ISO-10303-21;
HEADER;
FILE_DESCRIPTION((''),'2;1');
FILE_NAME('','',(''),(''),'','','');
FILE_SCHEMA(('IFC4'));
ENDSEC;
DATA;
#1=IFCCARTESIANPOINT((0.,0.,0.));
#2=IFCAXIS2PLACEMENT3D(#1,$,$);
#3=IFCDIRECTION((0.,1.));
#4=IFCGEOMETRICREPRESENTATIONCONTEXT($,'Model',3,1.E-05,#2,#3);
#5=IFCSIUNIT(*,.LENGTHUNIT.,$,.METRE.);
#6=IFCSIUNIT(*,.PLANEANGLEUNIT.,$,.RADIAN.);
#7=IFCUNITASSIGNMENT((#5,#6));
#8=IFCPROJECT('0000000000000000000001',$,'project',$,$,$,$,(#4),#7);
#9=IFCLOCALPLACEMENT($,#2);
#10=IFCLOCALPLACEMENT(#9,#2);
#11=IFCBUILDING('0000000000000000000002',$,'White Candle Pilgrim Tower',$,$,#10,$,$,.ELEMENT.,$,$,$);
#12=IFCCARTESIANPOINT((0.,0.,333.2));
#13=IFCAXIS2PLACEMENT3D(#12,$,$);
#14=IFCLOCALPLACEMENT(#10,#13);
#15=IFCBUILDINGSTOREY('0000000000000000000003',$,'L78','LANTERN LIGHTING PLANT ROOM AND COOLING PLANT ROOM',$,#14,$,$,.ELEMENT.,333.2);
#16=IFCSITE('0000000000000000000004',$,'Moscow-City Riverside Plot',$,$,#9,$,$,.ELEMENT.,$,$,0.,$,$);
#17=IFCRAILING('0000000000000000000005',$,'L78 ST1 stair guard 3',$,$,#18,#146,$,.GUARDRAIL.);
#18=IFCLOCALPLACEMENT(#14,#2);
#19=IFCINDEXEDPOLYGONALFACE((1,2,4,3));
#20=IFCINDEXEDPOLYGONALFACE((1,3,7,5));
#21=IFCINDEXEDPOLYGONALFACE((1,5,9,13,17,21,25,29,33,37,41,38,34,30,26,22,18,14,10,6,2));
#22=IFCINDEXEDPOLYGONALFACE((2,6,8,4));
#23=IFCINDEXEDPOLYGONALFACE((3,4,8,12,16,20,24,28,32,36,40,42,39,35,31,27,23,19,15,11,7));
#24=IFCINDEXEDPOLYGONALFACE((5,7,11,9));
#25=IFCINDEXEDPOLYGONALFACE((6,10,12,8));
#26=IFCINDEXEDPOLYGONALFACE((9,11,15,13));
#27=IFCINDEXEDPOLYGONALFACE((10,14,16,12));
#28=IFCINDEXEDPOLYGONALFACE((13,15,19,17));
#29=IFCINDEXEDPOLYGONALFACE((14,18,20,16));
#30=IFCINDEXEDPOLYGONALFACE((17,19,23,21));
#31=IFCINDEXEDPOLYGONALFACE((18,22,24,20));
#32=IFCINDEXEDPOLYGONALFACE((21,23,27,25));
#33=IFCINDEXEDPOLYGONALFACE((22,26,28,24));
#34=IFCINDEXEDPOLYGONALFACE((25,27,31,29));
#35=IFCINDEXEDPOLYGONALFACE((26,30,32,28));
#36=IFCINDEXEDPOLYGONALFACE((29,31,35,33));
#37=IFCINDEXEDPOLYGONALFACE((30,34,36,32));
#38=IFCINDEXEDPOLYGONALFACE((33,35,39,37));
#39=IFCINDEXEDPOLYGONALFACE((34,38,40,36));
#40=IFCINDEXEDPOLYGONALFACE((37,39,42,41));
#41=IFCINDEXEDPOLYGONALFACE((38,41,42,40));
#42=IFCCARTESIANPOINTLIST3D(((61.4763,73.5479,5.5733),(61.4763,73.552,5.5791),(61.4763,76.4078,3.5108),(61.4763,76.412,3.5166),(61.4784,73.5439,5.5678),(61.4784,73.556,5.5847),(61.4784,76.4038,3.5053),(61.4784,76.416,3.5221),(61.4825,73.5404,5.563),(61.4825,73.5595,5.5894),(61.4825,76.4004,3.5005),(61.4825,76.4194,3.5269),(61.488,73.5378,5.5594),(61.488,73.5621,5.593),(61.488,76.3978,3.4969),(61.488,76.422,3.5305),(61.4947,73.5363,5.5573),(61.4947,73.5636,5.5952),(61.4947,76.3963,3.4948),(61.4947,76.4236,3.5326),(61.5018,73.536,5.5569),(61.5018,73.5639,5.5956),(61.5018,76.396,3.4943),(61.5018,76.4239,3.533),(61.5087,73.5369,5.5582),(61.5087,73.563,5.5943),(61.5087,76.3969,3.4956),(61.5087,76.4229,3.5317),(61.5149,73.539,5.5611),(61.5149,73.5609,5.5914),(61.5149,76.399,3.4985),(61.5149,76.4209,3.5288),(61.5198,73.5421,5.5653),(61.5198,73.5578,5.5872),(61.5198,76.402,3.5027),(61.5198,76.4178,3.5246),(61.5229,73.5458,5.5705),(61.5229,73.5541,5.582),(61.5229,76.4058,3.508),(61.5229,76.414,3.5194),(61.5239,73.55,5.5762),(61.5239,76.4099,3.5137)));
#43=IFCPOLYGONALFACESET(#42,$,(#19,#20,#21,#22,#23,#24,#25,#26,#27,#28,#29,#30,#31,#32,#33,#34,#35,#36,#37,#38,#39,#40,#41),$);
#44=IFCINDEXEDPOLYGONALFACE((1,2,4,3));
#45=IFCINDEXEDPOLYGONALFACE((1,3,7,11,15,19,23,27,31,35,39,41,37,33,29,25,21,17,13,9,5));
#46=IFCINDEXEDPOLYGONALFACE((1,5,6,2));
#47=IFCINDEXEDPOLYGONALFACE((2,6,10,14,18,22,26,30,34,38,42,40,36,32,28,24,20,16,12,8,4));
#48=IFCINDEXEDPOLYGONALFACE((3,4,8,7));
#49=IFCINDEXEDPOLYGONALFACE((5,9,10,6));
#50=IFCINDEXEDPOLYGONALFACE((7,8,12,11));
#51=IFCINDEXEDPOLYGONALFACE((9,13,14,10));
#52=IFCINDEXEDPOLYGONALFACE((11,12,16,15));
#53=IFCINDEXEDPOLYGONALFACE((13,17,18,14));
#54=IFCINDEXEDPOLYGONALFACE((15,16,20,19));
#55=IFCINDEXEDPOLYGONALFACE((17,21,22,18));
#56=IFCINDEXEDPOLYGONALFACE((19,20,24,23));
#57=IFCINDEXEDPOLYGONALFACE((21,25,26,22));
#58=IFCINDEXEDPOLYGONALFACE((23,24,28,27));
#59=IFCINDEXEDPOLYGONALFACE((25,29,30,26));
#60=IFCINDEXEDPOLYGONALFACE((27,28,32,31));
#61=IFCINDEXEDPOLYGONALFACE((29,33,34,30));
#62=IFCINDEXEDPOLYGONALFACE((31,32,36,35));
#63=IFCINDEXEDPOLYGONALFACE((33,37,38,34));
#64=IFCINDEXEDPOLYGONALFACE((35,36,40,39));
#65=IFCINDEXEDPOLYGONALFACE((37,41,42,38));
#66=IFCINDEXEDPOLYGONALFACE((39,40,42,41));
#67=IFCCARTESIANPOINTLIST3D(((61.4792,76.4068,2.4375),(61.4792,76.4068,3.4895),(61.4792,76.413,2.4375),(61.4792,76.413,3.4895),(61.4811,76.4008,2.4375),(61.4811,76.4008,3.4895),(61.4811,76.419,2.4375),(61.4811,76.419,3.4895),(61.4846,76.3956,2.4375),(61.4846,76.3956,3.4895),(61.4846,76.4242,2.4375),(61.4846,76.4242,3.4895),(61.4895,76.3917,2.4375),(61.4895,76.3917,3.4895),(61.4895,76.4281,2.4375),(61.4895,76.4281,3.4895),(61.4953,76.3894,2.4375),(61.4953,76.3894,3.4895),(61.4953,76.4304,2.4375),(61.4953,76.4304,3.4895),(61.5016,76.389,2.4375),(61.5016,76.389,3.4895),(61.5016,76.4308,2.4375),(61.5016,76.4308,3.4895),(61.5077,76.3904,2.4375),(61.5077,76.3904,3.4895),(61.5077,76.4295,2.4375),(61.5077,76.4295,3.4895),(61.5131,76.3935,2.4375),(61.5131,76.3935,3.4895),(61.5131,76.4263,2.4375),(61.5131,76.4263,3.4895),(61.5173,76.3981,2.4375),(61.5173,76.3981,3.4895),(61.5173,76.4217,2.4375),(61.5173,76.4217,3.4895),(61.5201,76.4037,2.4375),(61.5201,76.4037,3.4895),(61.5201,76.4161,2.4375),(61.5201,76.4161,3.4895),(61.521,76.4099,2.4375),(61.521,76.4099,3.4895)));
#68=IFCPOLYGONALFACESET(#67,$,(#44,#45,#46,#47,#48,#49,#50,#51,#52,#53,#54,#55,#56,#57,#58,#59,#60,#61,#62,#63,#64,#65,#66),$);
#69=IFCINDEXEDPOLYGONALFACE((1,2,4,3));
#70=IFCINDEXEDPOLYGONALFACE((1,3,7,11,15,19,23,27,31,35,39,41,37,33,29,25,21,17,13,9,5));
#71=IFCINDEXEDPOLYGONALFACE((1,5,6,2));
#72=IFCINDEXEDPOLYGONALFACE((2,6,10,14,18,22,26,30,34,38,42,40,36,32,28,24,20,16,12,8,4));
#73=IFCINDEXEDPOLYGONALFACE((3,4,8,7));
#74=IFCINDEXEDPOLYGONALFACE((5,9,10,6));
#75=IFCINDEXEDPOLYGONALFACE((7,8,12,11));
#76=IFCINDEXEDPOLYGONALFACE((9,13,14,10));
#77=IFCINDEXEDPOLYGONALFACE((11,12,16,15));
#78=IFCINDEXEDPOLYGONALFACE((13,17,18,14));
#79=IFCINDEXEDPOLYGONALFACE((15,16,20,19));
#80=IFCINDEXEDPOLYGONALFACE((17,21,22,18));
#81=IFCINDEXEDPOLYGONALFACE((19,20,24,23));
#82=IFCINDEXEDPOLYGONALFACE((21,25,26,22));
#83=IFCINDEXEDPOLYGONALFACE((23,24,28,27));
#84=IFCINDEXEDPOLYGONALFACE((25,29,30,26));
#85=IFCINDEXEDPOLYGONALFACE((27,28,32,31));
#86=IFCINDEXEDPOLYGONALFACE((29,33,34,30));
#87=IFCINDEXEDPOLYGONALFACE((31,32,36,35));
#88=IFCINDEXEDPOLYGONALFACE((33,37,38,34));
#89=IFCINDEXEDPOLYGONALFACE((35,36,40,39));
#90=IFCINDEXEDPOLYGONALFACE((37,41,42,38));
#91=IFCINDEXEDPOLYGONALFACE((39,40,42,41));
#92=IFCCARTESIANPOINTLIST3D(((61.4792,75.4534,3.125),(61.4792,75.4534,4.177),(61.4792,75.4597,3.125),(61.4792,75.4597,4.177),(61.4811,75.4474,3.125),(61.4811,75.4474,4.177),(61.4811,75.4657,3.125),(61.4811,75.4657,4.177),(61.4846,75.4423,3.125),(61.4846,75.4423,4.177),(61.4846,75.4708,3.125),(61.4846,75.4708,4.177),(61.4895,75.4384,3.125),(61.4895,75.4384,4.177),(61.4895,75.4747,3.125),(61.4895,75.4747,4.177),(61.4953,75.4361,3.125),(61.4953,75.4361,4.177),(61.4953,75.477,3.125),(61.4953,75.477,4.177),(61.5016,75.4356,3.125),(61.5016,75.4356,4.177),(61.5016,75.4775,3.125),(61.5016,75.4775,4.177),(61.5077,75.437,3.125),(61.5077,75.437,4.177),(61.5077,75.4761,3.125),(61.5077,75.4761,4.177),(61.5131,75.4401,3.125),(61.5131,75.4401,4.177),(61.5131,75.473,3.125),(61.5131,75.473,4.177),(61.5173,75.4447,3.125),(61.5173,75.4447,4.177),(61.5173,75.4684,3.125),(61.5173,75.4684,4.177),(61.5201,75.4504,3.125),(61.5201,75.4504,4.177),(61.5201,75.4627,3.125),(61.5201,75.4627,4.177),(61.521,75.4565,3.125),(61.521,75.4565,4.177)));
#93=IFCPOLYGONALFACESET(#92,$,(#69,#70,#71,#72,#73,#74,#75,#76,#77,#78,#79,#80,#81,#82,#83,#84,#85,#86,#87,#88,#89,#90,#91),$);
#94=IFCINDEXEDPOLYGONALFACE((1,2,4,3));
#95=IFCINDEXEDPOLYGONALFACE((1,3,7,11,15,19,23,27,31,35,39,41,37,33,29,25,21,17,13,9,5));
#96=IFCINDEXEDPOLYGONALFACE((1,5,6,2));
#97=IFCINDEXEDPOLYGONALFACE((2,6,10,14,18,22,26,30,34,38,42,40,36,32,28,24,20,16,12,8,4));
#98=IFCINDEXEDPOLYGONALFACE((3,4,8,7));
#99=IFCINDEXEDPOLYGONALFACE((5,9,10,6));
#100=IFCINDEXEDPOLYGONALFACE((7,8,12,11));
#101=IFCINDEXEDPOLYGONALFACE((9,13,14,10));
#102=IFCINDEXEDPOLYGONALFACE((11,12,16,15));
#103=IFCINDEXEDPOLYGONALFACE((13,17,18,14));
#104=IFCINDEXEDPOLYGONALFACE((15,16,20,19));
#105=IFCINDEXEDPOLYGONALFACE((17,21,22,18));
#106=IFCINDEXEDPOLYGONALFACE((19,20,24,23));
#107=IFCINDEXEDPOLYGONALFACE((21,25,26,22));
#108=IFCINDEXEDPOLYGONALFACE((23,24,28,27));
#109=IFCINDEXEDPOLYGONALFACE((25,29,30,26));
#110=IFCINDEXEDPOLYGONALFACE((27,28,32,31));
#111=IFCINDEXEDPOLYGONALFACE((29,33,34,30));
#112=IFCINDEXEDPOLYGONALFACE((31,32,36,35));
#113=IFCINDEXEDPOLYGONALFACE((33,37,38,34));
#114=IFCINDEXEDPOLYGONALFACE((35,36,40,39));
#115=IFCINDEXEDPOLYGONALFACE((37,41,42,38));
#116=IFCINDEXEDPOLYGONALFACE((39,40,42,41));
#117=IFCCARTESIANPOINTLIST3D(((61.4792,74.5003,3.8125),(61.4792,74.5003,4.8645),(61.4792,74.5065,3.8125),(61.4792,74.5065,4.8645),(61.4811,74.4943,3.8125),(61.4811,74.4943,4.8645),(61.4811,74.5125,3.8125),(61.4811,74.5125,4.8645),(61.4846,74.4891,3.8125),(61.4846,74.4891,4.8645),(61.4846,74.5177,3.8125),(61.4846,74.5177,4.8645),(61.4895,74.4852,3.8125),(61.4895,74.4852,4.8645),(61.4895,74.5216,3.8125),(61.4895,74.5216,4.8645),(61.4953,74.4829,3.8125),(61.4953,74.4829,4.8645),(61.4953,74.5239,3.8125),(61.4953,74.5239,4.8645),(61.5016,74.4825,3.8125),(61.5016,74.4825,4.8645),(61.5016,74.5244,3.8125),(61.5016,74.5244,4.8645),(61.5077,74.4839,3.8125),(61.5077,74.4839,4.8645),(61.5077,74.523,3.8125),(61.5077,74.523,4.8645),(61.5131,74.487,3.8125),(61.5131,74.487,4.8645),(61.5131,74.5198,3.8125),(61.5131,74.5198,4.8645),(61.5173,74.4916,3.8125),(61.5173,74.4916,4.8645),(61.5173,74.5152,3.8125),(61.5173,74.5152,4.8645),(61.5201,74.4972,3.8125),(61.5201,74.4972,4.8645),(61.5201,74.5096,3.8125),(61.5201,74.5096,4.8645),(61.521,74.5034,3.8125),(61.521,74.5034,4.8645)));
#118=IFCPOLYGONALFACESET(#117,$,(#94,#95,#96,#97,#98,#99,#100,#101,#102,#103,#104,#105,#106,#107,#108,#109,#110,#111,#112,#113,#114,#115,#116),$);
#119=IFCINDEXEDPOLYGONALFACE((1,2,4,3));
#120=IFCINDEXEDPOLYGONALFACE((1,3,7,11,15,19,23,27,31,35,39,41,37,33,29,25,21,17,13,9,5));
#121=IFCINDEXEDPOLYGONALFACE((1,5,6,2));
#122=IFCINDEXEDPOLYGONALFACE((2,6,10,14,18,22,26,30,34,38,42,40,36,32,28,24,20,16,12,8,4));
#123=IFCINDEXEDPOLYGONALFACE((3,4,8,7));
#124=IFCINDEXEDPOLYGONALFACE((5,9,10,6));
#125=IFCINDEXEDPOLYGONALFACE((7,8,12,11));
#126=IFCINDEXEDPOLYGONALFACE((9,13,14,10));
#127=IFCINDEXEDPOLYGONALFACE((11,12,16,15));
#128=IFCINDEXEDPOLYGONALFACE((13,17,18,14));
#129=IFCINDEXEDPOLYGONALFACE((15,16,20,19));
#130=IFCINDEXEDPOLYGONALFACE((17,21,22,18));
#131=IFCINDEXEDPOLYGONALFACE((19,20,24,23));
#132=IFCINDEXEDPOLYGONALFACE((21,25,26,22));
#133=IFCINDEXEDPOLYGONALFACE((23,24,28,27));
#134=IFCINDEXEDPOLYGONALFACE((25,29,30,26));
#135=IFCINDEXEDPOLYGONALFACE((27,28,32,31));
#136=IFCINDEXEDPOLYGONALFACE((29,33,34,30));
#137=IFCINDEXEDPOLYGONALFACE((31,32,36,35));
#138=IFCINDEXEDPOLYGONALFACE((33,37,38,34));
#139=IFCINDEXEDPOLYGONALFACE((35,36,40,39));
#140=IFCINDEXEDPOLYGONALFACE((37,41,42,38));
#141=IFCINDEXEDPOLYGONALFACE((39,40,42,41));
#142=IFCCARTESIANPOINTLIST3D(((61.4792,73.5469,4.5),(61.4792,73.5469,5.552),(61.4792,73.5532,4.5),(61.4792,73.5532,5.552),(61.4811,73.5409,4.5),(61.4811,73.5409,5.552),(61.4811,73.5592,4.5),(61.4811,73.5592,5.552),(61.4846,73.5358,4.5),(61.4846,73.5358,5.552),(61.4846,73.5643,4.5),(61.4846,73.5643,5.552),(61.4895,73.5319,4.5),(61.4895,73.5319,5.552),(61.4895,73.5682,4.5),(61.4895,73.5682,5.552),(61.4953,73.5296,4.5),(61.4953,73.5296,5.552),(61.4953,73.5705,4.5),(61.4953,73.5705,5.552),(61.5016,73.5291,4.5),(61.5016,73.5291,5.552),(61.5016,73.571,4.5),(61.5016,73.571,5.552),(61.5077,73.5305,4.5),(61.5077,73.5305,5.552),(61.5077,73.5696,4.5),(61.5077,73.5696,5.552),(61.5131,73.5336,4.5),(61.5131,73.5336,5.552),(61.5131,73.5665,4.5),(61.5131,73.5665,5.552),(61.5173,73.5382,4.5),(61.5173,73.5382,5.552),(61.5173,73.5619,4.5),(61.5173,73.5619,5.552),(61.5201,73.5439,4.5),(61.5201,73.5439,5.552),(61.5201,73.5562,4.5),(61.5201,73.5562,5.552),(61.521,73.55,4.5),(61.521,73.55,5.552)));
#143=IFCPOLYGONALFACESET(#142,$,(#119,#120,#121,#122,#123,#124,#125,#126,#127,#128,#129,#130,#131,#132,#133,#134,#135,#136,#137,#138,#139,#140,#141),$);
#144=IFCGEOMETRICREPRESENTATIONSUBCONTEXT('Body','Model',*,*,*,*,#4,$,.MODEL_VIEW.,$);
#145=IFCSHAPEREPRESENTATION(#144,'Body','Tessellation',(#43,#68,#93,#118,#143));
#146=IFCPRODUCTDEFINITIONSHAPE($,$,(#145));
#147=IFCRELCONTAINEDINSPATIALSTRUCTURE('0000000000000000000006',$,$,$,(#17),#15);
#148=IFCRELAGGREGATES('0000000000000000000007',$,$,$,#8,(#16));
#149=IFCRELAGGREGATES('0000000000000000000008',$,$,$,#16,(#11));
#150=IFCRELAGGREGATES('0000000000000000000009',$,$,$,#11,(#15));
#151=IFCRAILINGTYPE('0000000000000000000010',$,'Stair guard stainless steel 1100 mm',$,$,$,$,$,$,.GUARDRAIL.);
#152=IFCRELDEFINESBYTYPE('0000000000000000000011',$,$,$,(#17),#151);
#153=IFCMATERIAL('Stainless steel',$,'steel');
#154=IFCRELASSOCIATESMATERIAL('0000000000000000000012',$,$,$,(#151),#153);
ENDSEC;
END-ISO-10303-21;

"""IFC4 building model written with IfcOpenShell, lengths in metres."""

from ifc_helpers import new_model, si_unit, direction, frame, origin, origin_2d, place, context, subcontext, project, spatial, circle, extrude, material, type_object, element, save


model = new_model("IFC4")

# Units and contexts
model_context = context("Model", 3, precision=1e-05, world=origin(), true_north=direction((0.0, 1.0)))
body_context = subcontext(model_context, "Body", "Model", "MODEL_VIEW")
ifc_project = project(units=[si_unit("LENGTHUNIT", "METRE"), si_unit("PLANEANGLEUNIT", "RADIAN")], contexts=[model_context])

# Site, building, storey
site_placement = place(None, origin())
site = spatial("IfcSite", under=ifc_project, at=site_placement, Name="Moscow-City Riverside Plot", CompositionType="ELEMENT", RefElevation=0.0)
building_placement = place(site_placement, origin())
building = spatial("IfcBuilding", under=site, at=building_placement, Name="White Candle Pilgrim Tower", CompositionType="ELEMENT")
storey_placement = place(building_placement, frame((0.0, 0.0, 333.2)))
storey = spatial("IfcBuildingStorey", under=building, at=storey_placement, Name="L78", Description="LANTERN LIGHTING PLANT ROOM AND COOLING PLANT ROOM", CompositionType="ELEMENT", Elevation=333.2)

# Railing
ifc_material_1 = material(Name="Stainless steel", Category="steel")
railing_type_1 = type_object("IfcRailingType", Name="Stair guard stainless steel 1100 mm", PredefinedType="GUARDRAIL", material=ifc_material_1)
railing_1_placement = place(storey_placement, frame((61.5, 76.4099, 2.4375)))
element("IfcRailing", 1, at=railing_1_placement, inside=storey, type_object=railing_type_1, Name="L78 ST1 stair guard 3", PredefinedType="GUARDRAIL", context=body_context, shape_type="SweptSolid", body=[
    extrude(circle(Radius=0.0239, at=origin_2d()), frame((0.0, 0.0, 1.0762), z_axis=(0.0, -0.811077, 0.584939), x_axis=(1.0, 0.0, 0.0)), (0.0, 0.0, 1.0), 3.5261),
    extrude(circle(Radius=0.021, at=origin_2d()), origin(), (0.0, 0.0, 1.0), 1.052),
    extrude(circle(Radius=0.021, at=origin_2d()), frame((0.0, -0.9534, 0.6875)), (0.0, 0.0, 1.0), 1.052),
    extrude(circle(Radius=0.021, at=origin_2d()), frame((0.0, -1.9065, 1.375)), (0.0, 0.0, 1.0), 1.052),
    extrude(circle(Radius=0.021, at=origin_2d()), frame((0.0, -2.8599, 2.0625)), (0.0, 0.0, 1.0), 1.052),
])

save(model, "model.ifc")
